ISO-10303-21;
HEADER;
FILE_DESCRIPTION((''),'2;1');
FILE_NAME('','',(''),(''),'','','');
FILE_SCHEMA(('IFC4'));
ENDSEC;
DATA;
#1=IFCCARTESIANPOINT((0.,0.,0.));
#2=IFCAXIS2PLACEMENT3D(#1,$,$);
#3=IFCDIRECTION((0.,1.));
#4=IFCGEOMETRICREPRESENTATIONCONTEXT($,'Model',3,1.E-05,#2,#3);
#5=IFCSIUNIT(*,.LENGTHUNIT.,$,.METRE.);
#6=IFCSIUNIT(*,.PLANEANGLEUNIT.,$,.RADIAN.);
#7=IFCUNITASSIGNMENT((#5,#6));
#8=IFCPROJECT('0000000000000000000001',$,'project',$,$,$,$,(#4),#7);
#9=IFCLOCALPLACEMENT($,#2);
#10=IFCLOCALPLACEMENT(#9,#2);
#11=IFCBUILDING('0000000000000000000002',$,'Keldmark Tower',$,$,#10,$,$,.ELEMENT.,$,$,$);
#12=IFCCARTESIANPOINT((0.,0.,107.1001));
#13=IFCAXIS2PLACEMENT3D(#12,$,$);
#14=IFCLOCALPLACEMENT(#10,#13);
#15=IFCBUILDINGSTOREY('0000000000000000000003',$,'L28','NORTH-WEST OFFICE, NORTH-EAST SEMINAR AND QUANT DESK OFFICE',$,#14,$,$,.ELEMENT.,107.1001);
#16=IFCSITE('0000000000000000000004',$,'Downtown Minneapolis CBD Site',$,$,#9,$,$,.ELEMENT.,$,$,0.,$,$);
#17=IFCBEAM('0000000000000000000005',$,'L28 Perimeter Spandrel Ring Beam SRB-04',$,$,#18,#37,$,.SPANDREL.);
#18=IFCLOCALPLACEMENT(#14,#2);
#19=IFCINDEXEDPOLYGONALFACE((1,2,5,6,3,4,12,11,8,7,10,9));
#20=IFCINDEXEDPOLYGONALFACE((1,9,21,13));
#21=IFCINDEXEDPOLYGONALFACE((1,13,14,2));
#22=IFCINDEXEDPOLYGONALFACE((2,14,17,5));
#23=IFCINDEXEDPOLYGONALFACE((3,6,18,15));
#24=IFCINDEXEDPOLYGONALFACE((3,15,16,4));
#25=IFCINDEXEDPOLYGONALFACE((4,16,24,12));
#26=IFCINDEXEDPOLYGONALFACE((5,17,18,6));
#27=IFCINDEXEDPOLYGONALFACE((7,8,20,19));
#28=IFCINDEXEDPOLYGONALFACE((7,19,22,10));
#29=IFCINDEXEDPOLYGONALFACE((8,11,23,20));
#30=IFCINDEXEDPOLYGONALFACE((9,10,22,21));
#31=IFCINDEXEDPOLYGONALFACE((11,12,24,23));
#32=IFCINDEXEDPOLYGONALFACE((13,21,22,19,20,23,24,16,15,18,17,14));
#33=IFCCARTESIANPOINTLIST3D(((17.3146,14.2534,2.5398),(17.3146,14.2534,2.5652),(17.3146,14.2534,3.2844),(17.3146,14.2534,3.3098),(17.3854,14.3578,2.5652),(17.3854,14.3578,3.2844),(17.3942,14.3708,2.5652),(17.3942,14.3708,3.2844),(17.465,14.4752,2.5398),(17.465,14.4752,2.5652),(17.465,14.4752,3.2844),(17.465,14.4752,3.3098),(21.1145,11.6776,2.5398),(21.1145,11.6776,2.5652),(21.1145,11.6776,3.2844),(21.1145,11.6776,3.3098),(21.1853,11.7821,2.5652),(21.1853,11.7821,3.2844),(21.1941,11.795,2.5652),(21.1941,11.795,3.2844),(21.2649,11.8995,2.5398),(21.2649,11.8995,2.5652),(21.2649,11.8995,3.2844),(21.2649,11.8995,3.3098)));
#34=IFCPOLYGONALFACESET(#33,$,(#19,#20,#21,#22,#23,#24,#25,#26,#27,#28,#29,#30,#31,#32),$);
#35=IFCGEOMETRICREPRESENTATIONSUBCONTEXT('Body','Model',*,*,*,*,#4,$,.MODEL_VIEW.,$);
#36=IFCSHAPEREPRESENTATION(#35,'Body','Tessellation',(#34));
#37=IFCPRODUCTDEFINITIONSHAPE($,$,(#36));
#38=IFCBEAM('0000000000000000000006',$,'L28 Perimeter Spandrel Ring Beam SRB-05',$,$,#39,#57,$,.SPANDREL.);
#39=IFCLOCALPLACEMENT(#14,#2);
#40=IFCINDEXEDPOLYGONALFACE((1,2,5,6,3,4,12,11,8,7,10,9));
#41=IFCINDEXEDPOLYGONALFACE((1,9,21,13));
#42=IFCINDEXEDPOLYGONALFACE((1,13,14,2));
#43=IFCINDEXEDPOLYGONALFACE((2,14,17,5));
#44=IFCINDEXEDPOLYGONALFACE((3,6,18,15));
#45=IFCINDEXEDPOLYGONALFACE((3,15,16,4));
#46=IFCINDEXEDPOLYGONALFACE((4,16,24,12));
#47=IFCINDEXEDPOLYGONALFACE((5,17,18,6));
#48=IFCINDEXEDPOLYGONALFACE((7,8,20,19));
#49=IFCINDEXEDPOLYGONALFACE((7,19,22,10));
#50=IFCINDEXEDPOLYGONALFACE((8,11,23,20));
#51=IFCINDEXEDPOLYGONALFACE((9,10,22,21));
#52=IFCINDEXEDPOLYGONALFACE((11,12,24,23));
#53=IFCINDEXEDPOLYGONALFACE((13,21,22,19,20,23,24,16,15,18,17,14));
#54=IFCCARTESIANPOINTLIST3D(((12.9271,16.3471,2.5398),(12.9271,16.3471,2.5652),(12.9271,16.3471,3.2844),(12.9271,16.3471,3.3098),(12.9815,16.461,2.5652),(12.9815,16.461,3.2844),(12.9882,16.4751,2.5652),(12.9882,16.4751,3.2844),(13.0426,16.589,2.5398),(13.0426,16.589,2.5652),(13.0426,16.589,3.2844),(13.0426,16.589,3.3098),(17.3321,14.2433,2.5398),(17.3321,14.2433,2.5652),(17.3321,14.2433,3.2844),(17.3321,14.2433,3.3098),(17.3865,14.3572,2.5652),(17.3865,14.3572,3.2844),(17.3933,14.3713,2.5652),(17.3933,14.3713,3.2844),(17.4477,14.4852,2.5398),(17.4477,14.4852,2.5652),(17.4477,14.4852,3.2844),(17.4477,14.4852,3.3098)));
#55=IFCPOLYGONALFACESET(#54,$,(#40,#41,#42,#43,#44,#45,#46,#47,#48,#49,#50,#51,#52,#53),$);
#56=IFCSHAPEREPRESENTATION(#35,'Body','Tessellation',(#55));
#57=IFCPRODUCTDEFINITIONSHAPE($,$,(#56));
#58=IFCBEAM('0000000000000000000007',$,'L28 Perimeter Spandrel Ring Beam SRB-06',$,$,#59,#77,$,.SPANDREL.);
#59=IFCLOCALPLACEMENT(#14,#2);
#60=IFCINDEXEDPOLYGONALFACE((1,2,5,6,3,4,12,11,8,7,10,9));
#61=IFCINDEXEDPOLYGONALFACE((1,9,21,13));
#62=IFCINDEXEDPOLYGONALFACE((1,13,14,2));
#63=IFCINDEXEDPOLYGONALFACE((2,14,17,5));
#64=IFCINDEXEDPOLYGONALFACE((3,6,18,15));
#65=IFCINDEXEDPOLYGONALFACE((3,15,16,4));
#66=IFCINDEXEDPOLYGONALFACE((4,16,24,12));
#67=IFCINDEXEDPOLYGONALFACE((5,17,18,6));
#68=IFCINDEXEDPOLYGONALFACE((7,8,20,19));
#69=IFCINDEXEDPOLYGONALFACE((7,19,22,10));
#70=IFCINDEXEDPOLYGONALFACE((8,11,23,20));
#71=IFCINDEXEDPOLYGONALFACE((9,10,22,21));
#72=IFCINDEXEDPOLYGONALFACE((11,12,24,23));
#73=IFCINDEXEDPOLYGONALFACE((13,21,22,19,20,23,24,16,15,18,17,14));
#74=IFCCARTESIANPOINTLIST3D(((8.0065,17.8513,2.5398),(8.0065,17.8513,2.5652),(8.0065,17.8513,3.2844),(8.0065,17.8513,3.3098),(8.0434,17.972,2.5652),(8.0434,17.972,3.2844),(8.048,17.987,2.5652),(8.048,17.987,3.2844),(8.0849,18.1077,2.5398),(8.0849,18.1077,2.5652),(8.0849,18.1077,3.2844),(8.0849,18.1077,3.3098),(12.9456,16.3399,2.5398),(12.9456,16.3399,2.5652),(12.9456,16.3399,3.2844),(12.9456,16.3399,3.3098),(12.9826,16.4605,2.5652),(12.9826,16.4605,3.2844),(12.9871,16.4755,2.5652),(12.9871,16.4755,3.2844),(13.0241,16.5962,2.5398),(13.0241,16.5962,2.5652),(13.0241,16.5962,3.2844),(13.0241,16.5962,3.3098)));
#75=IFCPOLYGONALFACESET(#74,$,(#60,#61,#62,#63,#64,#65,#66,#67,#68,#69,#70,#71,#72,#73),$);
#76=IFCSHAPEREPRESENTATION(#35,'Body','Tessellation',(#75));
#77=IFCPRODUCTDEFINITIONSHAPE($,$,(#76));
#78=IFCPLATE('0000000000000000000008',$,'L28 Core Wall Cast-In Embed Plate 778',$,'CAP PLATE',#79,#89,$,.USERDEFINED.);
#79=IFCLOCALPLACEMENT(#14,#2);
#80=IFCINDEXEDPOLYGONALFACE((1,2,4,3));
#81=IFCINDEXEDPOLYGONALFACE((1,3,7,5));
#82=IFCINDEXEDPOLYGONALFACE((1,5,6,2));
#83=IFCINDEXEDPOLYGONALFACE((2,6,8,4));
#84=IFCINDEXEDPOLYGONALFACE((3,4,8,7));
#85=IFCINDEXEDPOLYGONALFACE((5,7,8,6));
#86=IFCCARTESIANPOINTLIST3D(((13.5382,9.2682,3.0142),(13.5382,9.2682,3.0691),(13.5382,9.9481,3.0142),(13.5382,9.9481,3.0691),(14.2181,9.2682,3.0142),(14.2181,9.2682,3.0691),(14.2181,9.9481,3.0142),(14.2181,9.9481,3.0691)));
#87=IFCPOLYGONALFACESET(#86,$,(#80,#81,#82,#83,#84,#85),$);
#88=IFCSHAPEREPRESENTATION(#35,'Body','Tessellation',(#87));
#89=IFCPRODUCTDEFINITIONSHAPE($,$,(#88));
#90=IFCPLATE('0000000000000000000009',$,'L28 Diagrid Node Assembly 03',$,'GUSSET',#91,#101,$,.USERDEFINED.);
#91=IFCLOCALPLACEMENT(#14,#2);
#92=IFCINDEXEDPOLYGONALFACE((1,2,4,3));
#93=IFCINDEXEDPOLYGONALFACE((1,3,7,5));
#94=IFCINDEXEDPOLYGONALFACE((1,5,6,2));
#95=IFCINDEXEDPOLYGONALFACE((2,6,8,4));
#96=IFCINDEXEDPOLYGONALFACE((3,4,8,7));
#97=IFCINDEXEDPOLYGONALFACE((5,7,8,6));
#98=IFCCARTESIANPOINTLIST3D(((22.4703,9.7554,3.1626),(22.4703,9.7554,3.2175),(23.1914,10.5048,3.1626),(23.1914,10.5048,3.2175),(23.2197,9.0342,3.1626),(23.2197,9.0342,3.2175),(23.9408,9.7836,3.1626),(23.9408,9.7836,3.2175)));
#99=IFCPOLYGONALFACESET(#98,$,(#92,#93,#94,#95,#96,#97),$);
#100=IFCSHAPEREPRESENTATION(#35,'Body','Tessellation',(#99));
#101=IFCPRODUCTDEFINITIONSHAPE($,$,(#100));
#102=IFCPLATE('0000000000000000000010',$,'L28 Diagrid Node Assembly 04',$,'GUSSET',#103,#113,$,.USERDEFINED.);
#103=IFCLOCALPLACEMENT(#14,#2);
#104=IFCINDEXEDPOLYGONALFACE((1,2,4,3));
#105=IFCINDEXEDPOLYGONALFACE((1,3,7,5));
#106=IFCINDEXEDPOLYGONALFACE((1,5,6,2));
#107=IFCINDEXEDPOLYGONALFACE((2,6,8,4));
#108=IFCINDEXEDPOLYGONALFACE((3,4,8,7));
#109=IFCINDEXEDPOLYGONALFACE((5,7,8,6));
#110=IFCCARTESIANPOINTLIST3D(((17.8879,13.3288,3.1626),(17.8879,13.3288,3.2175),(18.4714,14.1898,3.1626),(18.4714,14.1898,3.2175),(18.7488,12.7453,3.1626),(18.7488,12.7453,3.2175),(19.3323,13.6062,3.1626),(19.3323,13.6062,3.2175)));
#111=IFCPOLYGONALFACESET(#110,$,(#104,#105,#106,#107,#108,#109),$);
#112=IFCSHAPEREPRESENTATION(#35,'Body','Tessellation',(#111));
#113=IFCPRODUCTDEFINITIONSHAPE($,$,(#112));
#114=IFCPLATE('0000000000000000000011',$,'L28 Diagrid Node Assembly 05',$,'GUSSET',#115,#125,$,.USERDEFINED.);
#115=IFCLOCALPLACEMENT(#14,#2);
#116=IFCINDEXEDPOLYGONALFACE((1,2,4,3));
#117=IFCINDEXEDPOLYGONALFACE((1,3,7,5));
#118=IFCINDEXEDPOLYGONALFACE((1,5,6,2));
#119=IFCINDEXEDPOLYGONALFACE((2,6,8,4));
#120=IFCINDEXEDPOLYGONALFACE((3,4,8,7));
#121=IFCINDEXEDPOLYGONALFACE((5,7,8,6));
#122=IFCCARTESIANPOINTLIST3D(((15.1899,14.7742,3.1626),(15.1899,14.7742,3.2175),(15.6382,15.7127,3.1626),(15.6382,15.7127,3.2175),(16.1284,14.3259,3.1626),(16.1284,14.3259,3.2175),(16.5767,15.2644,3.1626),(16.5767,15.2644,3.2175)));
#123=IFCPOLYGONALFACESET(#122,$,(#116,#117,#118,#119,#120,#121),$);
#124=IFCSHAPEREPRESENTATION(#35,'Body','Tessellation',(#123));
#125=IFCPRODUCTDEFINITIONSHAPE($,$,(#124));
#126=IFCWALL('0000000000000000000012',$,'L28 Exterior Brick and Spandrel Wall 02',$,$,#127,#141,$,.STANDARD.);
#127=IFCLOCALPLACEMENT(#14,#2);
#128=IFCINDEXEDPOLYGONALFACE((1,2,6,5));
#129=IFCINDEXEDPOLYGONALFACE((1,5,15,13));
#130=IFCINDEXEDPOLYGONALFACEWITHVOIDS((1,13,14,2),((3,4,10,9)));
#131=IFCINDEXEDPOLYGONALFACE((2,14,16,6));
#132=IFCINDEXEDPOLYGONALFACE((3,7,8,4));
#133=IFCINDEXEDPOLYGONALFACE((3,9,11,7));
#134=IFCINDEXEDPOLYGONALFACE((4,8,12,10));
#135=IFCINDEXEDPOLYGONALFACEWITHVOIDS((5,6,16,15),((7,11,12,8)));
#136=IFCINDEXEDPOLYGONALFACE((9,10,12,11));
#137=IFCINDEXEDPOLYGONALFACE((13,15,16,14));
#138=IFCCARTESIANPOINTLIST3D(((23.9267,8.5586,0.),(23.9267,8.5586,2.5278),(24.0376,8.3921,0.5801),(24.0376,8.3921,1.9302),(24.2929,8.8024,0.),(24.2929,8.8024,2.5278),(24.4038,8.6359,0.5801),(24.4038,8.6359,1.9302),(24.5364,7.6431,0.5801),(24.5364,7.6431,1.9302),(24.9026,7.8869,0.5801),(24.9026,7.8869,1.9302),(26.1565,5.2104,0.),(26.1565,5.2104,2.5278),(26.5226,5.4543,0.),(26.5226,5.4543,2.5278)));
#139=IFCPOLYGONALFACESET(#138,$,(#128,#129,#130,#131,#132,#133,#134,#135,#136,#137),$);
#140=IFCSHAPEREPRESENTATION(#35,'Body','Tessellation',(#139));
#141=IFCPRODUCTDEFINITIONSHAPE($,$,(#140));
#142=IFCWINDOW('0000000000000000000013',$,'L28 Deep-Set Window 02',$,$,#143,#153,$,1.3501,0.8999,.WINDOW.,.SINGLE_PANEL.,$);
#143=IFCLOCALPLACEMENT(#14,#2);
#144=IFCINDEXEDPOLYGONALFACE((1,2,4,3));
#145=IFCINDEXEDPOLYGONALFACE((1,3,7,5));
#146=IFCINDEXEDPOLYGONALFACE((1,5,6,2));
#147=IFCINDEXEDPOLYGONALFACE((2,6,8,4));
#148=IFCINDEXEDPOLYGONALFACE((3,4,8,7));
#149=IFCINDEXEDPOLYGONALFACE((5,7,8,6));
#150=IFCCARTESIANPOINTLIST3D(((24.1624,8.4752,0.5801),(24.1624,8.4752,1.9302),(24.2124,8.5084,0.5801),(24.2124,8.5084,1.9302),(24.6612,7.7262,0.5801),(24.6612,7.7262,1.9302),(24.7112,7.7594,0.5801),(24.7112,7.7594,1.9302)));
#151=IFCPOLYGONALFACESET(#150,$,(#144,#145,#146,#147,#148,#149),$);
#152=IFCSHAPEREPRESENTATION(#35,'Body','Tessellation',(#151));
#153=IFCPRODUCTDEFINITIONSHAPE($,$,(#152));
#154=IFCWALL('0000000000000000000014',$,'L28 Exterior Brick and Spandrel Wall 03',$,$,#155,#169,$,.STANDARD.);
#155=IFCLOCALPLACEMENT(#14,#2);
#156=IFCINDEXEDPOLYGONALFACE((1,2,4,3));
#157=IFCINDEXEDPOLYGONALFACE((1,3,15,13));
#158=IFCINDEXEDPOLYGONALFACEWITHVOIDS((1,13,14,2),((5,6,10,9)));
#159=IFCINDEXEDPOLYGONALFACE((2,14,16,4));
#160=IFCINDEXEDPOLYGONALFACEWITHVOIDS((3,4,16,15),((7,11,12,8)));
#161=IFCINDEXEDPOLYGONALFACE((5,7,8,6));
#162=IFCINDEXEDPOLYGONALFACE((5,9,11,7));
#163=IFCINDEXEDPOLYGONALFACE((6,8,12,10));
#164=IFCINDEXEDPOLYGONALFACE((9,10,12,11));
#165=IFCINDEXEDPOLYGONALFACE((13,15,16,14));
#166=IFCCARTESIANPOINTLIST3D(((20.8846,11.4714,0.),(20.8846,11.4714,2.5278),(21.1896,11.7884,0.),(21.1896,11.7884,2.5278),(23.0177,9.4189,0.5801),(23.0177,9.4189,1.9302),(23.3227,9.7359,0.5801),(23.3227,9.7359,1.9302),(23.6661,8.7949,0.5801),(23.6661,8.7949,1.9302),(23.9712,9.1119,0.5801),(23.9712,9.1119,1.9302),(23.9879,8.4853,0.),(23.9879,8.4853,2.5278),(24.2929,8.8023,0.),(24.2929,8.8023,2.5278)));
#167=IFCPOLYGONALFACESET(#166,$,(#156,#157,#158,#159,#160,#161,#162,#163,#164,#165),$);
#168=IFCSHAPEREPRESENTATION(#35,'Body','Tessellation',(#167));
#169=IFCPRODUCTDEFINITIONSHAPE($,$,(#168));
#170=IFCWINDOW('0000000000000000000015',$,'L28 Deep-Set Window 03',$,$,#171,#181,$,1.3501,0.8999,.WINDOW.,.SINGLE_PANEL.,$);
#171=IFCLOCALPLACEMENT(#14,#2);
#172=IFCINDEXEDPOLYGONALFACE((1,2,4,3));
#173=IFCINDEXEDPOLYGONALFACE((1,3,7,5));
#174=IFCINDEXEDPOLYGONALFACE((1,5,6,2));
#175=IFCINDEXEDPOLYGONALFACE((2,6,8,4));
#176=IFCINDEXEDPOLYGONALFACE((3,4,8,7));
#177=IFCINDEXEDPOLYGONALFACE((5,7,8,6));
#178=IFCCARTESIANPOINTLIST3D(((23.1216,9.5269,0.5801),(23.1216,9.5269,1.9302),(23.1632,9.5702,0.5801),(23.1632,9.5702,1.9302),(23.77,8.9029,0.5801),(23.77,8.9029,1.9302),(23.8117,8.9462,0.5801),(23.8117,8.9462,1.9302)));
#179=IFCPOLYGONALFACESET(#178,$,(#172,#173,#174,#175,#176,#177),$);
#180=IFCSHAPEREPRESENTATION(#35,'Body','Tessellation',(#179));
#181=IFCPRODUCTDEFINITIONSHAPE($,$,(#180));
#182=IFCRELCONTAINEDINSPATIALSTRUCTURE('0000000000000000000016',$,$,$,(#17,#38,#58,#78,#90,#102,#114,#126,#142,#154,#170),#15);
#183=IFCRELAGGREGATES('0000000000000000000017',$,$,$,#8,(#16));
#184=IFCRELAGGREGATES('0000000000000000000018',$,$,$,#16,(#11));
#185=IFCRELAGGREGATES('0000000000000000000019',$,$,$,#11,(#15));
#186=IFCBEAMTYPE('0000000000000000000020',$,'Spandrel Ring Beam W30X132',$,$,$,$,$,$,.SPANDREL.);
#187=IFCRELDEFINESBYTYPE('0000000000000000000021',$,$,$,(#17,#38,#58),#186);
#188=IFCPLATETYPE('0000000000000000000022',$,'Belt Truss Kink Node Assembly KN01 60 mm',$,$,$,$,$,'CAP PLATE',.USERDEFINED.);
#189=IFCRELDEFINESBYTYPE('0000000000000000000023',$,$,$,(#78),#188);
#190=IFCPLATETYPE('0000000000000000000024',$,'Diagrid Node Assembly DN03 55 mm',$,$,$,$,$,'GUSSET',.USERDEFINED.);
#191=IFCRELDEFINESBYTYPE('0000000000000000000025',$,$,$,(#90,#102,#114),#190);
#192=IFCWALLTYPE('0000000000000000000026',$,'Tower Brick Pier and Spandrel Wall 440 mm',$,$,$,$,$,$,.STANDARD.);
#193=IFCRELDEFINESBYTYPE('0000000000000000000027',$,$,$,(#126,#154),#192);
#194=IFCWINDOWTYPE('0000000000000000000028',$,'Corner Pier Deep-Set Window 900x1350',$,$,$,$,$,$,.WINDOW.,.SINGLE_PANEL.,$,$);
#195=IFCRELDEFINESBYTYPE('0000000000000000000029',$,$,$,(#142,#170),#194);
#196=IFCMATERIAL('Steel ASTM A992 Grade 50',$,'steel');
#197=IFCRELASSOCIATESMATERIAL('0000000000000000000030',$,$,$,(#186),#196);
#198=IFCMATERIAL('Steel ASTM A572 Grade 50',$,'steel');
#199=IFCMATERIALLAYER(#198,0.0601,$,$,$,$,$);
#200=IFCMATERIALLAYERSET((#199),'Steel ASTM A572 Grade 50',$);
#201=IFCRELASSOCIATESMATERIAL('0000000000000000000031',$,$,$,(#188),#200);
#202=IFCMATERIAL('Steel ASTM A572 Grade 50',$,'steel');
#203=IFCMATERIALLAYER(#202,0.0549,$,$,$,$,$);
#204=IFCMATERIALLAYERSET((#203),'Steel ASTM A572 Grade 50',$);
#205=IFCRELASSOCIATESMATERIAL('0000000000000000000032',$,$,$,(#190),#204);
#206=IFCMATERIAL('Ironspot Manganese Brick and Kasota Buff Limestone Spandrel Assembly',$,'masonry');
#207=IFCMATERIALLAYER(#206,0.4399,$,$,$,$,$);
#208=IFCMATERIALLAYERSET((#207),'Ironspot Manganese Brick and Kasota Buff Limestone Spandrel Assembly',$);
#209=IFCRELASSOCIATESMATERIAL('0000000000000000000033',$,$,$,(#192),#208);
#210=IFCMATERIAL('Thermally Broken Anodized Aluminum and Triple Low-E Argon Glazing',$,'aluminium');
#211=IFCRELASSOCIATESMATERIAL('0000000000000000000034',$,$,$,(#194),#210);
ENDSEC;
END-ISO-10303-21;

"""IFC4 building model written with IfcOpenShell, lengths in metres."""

from ifc_helpers import new_model, si_unit, direction, frame, frame_2d, origin, origin_2d, place, context, subcontext, project, spatial, rectangle, i_section, extrude, material, layer, layer_set, material_profile, profile_set, type_object, element, fill, save


model = new_model("IFC4")

# Units and contexts
model_context = context("Model", 3, precision=1e-05, world=origin(), true_north=direction((0.0, 1.0)))
body_context = subcontext(model_context, "Body", "Model", "MODEL_VIEW")
ifc_project = project(units=[si_unit("LENGTHUNIT", "METRE"), si_unit("PLANEANGLEUNIT", "RADIAN")], contexts=[model_context])

# Site, building, storey
site_placement = place(None, origin())
site = spatial("IfcSite", under=ifc_project, at=site_placement, Name="Downtown Minneapolis CBD Site", CompositionType="ELEMENT", RefElevation=0.0)
building_placement = place(site_placement, origin())
building = spatial("IfcBuilding", under=site, at=building_placement, Name="Keldmark Tower", CompositionType="ELEMENT")
storey_placement = place(building_placement, frame((0.0, 0.0, 107.1001)))
storey = spatial("IfcBuildingStorey", under=building, at=storey_placement, Name="L28", Description="NORTH-WEST OFFICE, NORTH-EAST SEMINAR AND QUANT DESK OFFICE", CompositionType="ELEMENT", Elevation=107.1001)

# Beams
ifc_material_1 = material(Name="Steel ASTM A992 Grade 50", Category="steel")
ifc_material_profile_1 = material_profile(ifc_material_1, i_section(OverallWidth=0.2681, OverallDepth=0.77, WebThickness=0.0156, FlangeThickness=0.0254, at=origin_2d()), Name="W30X132")
ifc_profile_set_1 = profile_set([ifc_material_profile_1], Name="Steel ASTM A992 Grade 50")
beam_type_1 = type_object("IfcBeamType", Name="Spandrel Ring Beam W30X132", PredefinedType="SPANDREL", material=ifc_profile_set_1)
beam_1_placement = place(storey_placement, frame((21.1897, 11.7886, 2.9248), z_axis=(-0.827755, 0.56109, 0.0), x_axis=(-0.56109, -0.827755, 0.0)))
element("IfcBeam", 1, at=beam_1_placement, inside=storey, type_object=beam_type_1, Name="L28 Perimeter Spandrel Ring Beam SRB-04", PredefinedType="SPANDREL", context=body_context, shape_type="SweptSolid", body=[
    extrude(i_section(OverallWidth=0.2681, OverallDepth=0.77, WebThickness=0.0156, FlangeThickness=0.0254, at=origin_2d()), origin(), (0.0, 0.0, 1.0), 4.5906),
])
beam_2_placement = place(storey_placement, frame((17.3899, 14.3643, 2.9248), z_axis=(-0.902373, 0.430956, 0.0), x_axis=(-0.430956, -0.902373, 0.0)))
element("IfcBeam", 2, at=beam_2_placement, inside=storey, type_object=beam_type_1, Name="L28 Perimeter Spandrel Ring Beam SRB-05", PredefinedType="SPANDREL", context=body_context, shape_type="SweptSolid", body=[
    extrude(i_section(OverallWidth=0.2681, OverallDepth=0.77, WebThickness=0.0156, FlangeThickness=0.0254, at=origin_2d()), origin(), (0.0, 0.0, 1.0), 4.8816),
])
beam_3_placement = place(storey_placement, frame((12.9849, 16.468, 2.9248), z_axis=(-0.956229, 0.292621, 0.0), x_axis=(-0.292621, -0.956229, 0.0)))
element("IfcBeam", 3, at=beam_3_placement, inside=storey, type_object=beam_type_1, Name="L28 Perimeter Spandrel Ring Beam SRB-06", PredefinedType="SPANDREL", context=body_context, shape_type="SweptSolid", body=[
    extrude(i_section(OverallWidth=0.2681, OverallDepth=0.77, WebThickness=0.0156, FlangeThickness=0.0254, at=origin_2d()), origin(), (0.0, 0.0, 1.0), 5.1653),
])

# Plates
ifc_material_2 = material(Name="Steel ASTM A572 Grade 50", Category="steel")
ifc_layer_1 = layer(ifc_material_2, 0.0601)
ifc_layer_set_1 = layer_set([ifc_layer_1], Name="Steel ASTM A572 Grade 50")
plate_type_1 = type_object("IfcPlateType", Name="Belt Truss Kink Node Assembly KN01 60 mm", ElementType="CAP PLATE", PredefinedType="USERDEFINED", material=ifc_layer_set_1)
plate_placement = place(storey_placement, frame((13.8782, 9.6082, 3.0142), z_axis=(0.0, 0.0, 1.0), x_axis=(1.0, 0.0, 0.0)))
element("IfcPlate", 4, at=plate_placement, inside=storey, type_object=plate_type_1, Name="L28 Core Wall Cast-In Embed Plate 778", ObjectType="CAP PLATE", PredefinedType="USERDEFINED", context=body_context, shape_type="SweptSolid", body=[
    extrude(rectangle(XDim=0.6799, YDim=0.6799, at=origin_2d()), origin(), (0.0, 0.0, 1.0), 0.0549),
])
ifc_material_3 = material(Name="Steel ASTM A572 Grade 50", Category="steel")
ifc_layer_2 = layer(ifc_material_3, 0.0549)
ifc_layer_set_2 = layer_set([ifc_layer_2], Name="Steel ASTM A572 Grade 50")
plate_type_2 = type_object("IfcPlateType", Name="Diagrid Node Assembly DN03 55 mm", ElementType="GUSSET", PredefinedType="USERDEFINED", material=ifc_layer_set_2)
for number, where, z_axis, x_axis, name in (
    (5, (23.2056, 9.7695, 3.1626), (0.0, 0.0, 1.0), (-0.720551, 0.693402, 0.0), "L28 Diagrid Node Assembly 03"),
    (6, (18.6101, 13.4675, 3.1626), (0.0, 0.0, 1.0), (-0.827767, 0.561072, 0.0), "L28 Diagrid Node Assembly 04"),
    (7, (15.8833, 15.0193, 3.1626), (0.0, 0.0, 1.0), (-0.90236, 0.430984, 0.0), "L28 Diagrid Node Assembly 05"),
):
    element("IfcPlate", number, at=place(storey_placement, frame(where, z_axis=z_axis, x_axis=x_axis)), inside=storey, type_object=plate_type_2, Name=name, ObjectType="GUSSET", PredefinedType="USERDEFINED", context=body_context, shape_type="SweptSolid", body=[
        extrude(rectangle(XDim=1.04, YDim=1.04, at=origin_2d()), origin(), (0.0, 0.0, 1.0), 0.0549),
    ])

# Walls, openings, windows
ifc_material_4 = material(Name="Ironspot Manganese Brick and Kasota Buff Limestone Spandrel Assembly", Category="masonry")
ifc_layer_3 = layer(ifc_material_4, 0.4399)
ifc_layer_set_3 = layer_set([ifc_layer_3], Name="Ironspot Manganese Brick and Kasota Buff Limestone Spandrel Assembly")
wall_type = type_object("IfcWallType", Name="Tower Brick Pier and Spandrel Wall 440 mm", PredefinedType="STANDARD", material=ifc_layer_set_3)
wall_1_placement = place(storey_placement, frame((24.1099, 8.6804, 0.0), z_axis=(0.0, 0.0, 1.0), x_axis=(0.554294, -0.832321, 0.0)))
wall_1 = element("IfcWall", 8, at=wall_1_placement, inside=storey, type_object=wall_type, Name="L28 Exterior Brick and Spandrel Wall 02", PredefinedType="STANDARD", context=body_context, shape_type="SweptSolid", body=[
    extrude(rectangle(XDim=4.0227, YDim=0.4399, at=frame_2d((2.0112, 0.0))), origin(), (0.0, 0.0, 1.0), 2.5278),
])
opening_1_placement = place(wall_1_placement, frame((0.2, 0.0, 0.5801)))
opening_1 = element("IfcOpeningElement", 9, at=opening_1_placement, cuts=wall_1, PredefinedType="OPENING", context=body_context, shape_type="SweptSolid", body=[
    extrude(rectangle(XDim=0.8999, YDim=1.3501, at=frame_2d((0.45, 0.675))), frame((0.0, 0.23, 0.0), z_axis=(0.0, -1.0, 0.0), x_axis=(1.0, 0.0, 0.0)), (0.0, 0.0, 1.0), 0.46),
])
ifc_material_5 = material(Name="Thermally Broken Anodized Aluminum and Triple Low-E Argon Glazing", Category="aluminium")
window_type = type_object("IfcWindowType", Name="Corner Pier Deep-Set Window 900x1350", PartitioningType="SINGLE_PANEL", PredefinedType="WINDOW", material=ifc_material_5)
window_1_placement = place(opening_1_placement, origin())
window_1 = element("IfcWindow", 10, at=window_1_placement, inside=storey, type_object=window_type, Name="L28 Deep-Set Window 02", OverallHeight=1.3501, OverallWidth=0.8999, PartitioningType="SINGLE_PANEL", PredefinedType="WINDOW", context=body_context, shape_type="SweptSolid", body=[
    extrude(rectangle(XDim=0.8999, YDim=1.3501, at=frame_2d((0.45, 0.675))), frame((0.0, -0.01, 0.0), z_axis=(0.0, -1.0, 0.0), x_axis=(1.0, 0.0, 0.0)), (0.0, 0.0, 1.0), 0.0601),
])
fill(opening_1, window_1)
wall_2_placement = place(storey_placement, frame((21.0371, 11.6299, 0.0), z_axis=(0.0, 0.0, 1.0), x_axis=(0.720581, -0.69337, 0.0)))
wall_2 = element("IfcWall", 11, at=wall_2_placement, inside=storey, type_object=wall_type, Name="L28 Exterior Brick and Spandrel Wall 03", PredefinedType="STANDARD", context=body_context, shape_type="SweptSolid", body=[
    extrude(rectangle(XDim=4.3066, YDim=0.4399, at=frame_2d((2.1533, 0.0))), origin(), (0.0, 0.0, 1.0), 2.5278),
])
opening_2_placement = place(wall_2_placement, frame((2.9602, 0.0, 0.5801)))
opening_2 = element("IfcOpeningElement", 12, at=opening_2_placement, cuts=wall_2, PredefinedType="OPENING", context=body_context, shape_type="SweptSolid", body=[
    extrude(rectangle(XDim=0.8999, YDim=1.3501, at=frame_2d((0.45, 0.675))), frame((0.0, 0.23, 0.0), z_axis=(0.0, -1.0, 0.0), x_axis=(1.0, 0.0, 0.0)), (0.0, 0.0, 1.0), 0.46),
])
window_2_placement = place(opening_2_placement, origin())
window_2 = element("IfcWindow", 13, at=window_2_placement, inside=storey, type_object=window_type, Name="L28 Deep-Set Window 03", OverallHeight=1.3501, OverallWidth=0.8999, PartitioningType="SINGLE_PANEL", PredefinedType="WINDOW", context=body_context, shape_type="SweptSolid", body=[
    extrude(rectangle(XDim=0.8999, YDim=1.3501, at=frame_2d((0.45, 0.675))), frame((0.0, -0.01, 0.0), z_axis=(0.0, -1.0, 0.0), x_axis=(1.0, 0.0, 0.0)), (0.0, 0.0, 1.0), 0.0601),
])
fill(opening_2, window_2)

save(model, "model.ifc")
